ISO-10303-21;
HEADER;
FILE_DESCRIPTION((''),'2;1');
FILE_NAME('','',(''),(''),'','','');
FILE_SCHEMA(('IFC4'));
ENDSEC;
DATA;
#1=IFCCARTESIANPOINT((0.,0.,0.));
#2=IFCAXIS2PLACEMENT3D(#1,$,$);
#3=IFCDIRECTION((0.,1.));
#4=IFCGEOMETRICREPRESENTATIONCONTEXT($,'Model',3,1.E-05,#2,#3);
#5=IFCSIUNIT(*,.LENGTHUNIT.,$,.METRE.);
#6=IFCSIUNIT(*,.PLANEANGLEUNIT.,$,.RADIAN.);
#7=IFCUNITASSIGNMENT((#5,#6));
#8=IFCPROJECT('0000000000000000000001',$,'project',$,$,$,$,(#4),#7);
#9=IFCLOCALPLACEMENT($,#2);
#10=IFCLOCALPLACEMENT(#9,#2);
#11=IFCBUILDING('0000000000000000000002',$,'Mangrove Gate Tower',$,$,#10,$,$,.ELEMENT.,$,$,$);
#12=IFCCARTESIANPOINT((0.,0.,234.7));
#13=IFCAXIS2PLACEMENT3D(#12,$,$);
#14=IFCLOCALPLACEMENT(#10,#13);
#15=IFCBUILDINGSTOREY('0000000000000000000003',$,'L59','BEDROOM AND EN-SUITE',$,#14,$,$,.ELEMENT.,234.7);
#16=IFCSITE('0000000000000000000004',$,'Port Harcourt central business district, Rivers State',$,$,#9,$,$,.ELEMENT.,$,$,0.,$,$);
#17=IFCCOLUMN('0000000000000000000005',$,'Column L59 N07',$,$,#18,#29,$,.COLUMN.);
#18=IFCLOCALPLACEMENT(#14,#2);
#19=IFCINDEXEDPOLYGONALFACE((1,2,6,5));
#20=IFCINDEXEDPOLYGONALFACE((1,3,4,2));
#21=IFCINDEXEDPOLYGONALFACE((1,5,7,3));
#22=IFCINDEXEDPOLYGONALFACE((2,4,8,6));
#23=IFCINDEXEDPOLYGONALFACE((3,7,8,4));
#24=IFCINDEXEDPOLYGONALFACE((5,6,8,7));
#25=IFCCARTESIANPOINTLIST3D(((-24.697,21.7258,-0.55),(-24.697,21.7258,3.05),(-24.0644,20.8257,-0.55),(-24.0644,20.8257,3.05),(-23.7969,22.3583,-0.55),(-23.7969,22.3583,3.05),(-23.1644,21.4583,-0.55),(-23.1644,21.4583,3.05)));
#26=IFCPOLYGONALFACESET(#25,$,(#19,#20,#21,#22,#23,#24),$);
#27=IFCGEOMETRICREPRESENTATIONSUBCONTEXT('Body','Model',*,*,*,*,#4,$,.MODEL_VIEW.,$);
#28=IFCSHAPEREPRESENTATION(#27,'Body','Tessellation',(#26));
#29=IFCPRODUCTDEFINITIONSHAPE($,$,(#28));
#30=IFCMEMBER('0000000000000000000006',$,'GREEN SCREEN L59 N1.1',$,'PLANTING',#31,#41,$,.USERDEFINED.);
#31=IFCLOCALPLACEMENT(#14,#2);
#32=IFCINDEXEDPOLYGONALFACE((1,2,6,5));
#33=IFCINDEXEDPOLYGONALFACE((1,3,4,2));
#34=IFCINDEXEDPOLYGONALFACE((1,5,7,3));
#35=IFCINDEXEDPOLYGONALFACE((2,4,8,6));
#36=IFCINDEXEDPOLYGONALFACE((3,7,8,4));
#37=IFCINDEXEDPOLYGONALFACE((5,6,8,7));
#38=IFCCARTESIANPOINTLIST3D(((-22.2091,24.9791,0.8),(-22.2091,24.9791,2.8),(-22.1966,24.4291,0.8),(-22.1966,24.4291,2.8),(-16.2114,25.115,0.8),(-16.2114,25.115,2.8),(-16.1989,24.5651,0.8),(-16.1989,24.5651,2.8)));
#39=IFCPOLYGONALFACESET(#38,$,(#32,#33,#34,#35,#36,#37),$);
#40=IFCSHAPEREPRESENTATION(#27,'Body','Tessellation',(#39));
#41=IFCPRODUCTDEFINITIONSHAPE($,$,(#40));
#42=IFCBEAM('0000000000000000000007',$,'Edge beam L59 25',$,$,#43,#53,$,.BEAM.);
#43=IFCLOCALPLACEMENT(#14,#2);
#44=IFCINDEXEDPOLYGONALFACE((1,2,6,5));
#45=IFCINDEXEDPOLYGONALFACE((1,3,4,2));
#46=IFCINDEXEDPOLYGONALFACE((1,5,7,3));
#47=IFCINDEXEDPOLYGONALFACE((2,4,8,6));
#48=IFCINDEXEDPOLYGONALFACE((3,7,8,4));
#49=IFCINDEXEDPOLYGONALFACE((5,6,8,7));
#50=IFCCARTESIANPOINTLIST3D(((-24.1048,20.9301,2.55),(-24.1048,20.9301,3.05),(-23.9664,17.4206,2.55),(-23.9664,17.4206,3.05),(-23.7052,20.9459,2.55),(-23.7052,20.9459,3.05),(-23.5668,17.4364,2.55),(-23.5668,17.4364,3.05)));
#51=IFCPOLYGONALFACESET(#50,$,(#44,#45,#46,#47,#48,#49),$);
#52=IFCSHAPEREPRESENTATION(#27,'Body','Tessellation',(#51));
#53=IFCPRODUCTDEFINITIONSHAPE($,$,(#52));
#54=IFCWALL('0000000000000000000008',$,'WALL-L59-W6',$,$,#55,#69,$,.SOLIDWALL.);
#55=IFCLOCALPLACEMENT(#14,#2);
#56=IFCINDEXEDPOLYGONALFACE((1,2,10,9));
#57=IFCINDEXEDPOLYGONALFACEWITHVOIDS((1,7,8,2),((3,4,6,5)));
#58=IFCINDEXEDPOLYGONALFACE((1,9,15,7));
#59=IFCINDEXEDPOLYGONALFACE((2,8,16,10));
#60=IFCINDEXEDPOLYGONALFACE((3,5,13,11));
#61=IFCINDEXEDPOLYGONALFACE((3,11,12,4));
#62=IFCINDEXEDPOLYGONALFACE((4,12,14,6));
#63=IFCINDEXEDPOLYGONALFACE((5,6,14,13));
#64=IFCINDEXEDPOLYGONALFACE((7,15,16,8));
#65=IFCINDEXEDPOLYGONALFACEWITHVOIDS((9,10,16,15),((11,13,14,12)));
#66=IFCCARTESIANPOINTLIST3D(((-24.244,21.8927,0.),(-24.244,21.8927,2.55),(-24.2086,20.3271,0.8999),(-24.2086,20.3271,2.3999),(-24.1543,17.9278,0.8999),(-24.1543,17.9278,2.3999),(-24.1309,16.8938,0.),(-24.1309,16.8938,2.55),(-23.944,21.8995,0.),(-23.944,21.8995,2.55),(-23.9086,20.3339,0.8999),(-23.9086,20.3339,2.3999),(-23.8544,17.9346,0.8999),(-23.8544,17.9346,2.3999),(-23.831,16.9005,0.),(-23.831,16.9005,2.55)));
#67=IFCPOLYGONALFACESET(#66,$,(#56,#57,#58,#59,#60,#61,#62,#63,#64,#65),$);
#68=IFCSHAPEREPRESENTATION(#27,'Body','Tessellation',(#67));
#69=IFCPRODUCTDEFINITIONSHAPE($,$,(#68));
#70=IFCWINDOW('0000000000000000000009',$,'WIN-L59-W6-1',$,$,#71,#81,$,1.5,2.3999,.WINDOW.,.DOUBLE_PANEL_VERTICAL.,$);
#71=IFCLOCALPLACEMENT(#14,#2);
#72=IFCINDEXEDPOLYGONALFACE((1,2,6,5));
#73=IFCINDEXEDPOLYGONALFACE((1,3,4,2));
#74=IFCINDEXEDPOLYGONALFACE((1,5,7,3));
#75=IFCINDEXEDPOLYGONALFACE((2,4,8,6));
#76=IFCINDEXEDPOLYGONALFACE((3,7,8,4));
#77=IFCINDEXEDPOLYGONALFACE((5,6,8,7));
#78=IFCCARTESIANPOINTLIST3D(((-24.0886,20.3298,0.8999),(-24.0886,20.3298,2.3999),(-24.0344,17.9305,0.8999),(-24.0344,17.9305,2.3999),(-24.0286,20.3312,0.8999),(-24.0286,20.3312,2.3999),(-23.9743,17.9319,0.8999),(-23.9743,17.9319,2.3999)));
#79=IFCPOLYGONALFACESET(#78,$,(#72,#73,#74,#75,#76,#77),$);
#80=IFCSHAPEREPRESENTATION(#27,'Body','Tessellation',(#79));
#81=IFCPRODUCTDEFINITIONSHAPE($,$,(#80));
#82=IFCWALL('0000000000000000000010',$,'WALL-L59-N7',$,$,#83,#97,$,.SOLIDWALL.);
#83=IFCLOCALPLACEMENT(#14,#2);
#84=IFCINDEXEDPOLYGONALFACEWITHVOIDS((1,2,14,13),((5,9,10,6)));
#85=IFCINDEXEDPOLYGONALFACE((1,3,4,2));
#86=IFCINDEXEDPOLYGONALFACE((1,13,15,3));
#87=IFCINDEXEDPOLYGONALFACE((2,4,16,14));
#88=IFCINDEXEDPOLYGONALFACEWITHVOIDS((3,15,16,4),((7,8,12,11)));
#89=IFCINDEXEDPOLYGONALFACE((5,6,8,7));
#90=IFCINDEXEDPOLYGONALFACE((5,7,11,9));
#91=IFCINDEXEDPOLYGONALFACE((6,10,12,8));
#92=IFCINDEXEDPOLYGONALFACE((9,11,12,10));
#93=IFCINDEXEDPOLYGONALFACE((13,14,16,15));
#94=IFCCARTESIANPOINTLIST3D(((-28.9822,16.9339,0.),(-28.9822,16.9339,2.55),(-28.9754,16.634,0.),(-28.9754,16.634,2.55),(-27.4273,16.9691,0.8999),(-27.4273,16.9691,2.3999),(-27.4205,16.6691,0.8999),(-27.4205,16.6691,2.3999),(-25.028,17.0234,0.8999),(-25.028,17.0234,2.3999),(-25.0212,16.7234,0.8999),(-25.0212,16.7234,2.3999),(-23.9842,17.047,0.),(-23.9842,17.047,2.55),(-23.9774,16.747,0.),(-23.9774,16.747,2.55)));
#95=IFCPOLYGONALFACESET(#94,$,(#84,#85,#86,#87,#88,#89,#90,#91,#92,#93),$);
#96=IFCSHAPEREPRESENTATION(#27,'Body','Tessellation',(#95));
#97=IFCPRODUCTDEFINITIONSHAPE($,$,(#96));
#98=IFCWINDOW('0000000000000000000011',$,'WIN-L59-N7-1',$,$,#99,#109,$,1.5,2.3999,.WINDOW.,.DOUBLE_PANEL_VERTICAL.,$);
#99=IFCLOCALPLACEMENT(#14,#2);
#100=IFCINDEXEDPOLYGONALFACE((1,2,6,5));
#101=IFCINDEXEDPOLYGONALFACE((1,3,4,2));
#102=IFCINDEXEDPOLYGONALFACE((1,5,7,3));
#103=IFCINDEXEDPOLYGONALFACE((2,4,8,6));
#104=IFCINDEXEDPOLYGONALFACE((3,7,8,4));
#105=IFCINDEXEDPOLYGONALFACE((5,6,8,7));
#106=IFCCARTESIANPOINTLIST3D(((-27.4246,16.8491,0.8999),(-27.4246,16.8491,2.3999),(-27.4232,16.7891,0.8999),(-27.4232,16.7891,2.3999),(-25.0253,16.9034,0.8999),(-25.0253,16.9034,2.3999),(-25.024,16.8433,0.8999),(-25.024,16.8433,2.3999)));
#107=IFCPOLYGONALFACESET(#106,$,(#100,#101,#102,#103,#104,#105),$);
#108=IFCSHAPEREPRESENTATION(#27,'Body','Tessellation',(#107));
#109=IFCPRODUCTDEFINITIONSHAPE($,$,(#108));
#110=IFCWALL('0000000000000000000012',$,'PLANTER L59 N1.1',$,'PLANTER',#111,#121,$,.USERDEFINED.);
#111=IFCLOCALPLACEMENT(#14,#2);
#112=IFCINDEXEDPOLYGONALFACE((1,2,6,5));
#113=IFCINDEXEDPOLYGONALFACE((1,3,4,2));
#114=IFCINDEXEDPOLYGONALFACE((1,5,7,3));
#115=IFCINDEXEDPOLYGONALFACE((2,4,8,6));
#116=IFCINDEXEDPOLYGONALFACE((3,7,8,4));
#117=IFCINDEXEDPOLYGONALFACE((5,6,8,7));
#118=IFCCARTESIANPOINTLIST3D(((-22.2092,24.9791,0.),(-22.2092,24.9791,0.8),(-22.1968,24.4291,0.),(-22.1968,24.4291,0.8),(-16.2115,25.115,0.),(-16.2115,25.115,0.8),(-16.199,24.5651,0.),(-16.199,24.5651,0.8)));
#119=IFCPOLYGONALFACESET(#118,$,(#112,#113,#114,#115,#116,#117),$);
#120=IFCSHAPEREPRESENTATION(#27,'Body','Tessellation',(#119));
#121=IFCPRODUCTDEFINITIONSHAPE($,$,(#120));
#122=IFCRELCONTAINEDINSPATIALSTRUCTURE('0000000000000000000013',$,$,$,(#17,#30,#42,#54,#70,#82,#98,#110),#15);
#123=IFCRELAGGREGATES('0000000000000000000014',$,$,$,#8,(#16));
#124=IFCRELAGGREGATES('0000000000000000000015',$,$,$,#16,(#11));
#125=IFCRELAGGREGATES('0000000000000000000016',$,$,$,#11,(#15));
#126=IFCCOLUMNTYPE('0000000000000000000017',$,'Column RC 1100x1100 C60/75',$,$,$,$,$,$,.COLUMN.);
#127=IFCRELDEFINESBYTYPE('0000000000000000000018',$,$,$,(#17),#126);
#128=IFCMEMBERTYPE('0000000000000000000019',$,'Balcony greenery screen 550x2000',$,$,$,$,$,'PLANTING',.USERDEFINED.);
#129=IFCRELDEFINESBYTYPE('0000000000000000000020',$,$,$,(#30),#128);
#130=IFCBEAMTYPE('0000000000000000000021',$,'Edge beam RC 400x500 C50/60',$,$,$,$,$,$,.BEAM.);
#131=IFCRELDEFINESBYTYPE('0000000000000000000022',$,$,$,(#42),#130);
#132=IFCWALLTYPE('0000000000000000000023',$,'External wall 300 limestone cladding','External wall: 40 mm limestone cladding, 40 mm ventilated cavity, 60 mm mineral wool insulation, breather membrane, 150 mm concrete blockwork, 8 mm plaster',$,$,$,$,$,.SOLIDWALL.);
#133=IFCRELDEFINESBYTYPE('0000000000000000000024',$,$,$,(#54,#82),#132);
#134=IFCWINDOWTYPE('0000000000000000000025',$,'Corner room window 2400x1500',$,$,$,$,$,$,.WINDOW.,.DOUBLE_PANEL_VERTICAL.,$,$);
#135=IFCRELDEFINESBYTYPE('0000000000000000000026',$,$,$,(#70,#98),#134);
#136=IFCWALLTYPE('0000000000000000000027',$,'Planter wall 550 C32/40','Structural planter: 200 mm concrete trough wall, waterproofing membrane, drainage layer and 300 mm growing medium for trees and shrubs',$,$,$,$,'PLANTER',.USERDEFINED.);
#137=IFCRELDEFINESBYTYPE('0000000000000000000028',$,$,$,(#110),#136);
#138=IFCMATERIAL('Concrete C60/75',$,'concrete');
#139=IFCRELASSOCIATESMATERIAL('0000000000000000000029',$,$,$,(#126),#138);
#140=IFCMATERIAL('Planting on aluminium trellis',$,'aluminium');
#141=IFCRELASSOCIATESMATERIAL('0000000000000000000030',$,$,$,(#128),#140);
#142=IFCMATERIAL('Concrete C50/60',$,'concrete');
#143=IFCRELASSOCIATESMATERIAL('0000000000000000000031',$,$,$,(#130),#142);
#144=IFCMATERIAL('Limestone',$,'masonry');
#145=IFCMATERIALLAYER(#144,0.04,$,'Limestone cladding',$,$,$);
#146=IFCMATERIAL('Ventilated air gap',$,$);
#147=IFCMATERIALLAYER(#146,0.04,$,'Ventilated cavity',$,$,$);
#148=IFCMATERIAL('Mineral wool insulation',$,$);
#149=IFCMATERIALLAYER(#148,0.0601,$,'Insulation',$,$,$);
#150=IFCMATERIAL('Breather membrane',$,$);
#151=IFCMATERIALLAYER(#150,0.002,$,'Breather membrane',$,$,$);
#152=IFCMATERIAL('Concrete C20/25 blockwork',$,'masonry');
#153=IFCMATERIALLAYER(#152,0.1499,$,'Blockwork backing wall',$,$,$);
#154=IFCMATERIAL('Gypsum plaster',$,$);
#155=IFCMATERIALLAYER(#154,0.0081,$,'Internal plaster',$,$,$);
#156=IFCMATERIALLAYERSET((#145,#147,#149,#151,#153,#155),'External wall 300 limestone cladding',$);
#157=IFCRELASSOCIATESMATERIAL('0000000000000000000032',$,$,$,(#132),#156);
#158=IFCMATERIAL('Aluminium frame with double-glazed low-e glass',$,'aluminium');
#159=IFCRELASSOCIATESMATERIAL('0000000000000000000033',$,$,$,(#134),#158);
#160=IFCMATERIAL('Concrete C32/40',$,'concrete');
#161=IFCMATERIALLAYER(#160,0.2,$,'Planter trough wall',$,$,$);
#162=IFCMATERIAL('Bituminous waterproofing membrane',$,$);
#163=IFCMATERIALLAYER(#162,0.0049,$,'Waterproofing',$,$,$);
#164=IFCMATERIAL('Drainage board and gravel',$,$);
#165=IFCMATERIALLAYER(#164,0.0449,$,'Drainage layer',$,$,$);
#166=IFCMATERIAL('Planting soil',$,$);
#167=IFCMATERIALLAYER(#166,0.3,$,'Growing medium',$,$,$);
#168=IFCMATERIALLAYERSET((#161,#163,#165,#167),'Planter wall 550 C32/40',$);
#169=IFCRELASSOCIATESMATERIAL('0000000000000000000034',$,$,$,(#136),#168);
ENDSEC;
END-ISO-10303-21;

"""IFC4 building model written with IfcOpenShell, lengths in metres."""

from ifc_helpers import new_model, si_unit, direction, frame, frame_2d, origin, origin_2d, place, context, subcontext, project, spatial, rectangle, extrude, material, layer, layer_set, material_profile, profile_set, type_object, element, fill, save


model = new_model("IFC4")

# Units and contexts
model_context = context("Model", 3, precision=1e-05, world=origin(), true_north=direction((0.0, 1.0)))
body_context = subcontext(model_context, "Body", "Model", "MODEL_VIEW")
ifc_project = project(units=[si_unit("LENGTHUNIT", "METRE"), si_unit("PLANEANGLEUNIT", "RADIAN")], contexts=[model_context])

# Site, building, storey
site_placement = place(None, origin())
site = spatial("IfcSite", under=ifc_project, at=site_placement, Name="Port Harcourt central business district, Rivers State", CompositionType="ELEMENT", RefElevation=0.0)
building_placement = place(site_placement, origin())
building = spatial("IfcBuilding", under=site, at=building_placement, Name="Mangrove Gate Tower", CompositionType="ELEMENT")
storey_placement = place(building_placement, frame((0.0, 0.0, 234.7)))
storey = spatial("IfcBuildingStorey", under=building, at=storey_placement, Name="L59", Description="BEDROOM AND EN-SUITE", CompositionType="ELEMENT", Elevation=234.7)

# Column
ifc_material_1 = material(Name="Concrete C60/75", Category="concrete")
ifc_material_profile_1 = material_profile(ifc_material_1, rectangle(XDim=1.1001, YDim=1.1001, at=origin_2d()))
ifc_profile_set_1 = profile_set([ifc_material_profile_1], Name="Concrete C60/75")
column_type = type_object("IfcColumnType", Name="Column RC 1100x1100 C60/75", PredefinedType="COLUMN", material=ifc_profile_set_1)
column_placement = place(storey_placement, frame((-23.9307, 21.592, -0.55), z_axis=(0.0, 0.0, 1.0), x_axis=(-0.818138, -0.575022, 0.0)))
element("IfcColumn", 1, at=column_placement, inside=storey, type_object=column_type, Name="Column L59 N07", PredefinedType="COLUMN", context=body_context, shape_type="SweptSolid", body=[
    extrude(rectangle(XDim=1.1001, YDim=1.1001, at=origin_2d()), origin(), (0.0, 0.0, 1.0), 3.6001),
])

# Member
ifc_material_2 = material(Name="Planting on aluminium trellis", Category="aluminium")
ifc_material_profile_2 = material_profile(ifc_material_2, rectangle(XDim=0.55, YDim=2.0, at=origin_2d()))
ifc_profile_set_2 = profile_set([ifc_material_profile_2], Name="Planting on aluminium trellis")
member_type = type_object("IfcMemberType", Name="Balcony greenery screen 550x2000", ElementType="PLANTING", PredefinedType="USERDEFINED", material=ifc_profile_set_2)
member_placement = place(storey_placement, frame((-22.2029, 24.7041, 1.8), z_axis=(0.999743, 0.022667, 0.0), x_axis=(-0.022667, 0.999743, 0.0)))
element("IfcMember", 2, at=member_placement, inside=storey, type_object=member_type, Name="GREEN SCREEN L59 N1.1", ObjectType="PLANTING", PredefinedType="USERDEFINED", context=body_context, shape_type="SweptSolid", body=[
    extrude(rectangle(XDim=0.55, YDim=2.0, at=origin_2d()), origin(), (0.0, 0.0, 1.0), 5.9993),
])

# Beam
ifc_material_3 = material(Name="Concrete C50/60", Category="concrete")
ifc_material_profile_3 = material_profile(ifc_material_3, rectangle(XDim=0.3999, YDim=0.5, at=origin_2d()))
ifc_profile_set_3 = profile_set([ifc_material_profile_3], Name="Concrete C50/60")
beam_type = type_object("IfcBeamType", Name="Edge beam RC 400x500 C50/60", PredefinedType="BEAM", material=ifc_profile_set_3)
beam_placement = place(storey_placement, frame((-23.905, 20.938, 2.8), z_axis=(0.039413, -0.999223, 0.0), x_axis=(0.999223, 0.039413, 0.0)))
element("IfcBeam", 3, at=beam_placement, inside=storey, type_object=beam_type, Name="Edge beam L59 25", PredefinedType="BEAM", context=body_context, shape_type="SweptSolid", body=[
    extrude(rectangle(XDim=0.3999, YDim=0.5, at=origin_2d()), origin(), (0.0, 0.0, 1.0), 3.5122),
])

# Walls, openings, windows
ifc_material_4 = material(Name="Limestone", Category="masonry")
ifc_layer_1 = layer(ifc_material_4, 0.04, Name="Limestone cladding")
ifc_material_5 = material(Name="Ventilated air gap")
ifc_layer_2 = layer(ifc_material_5, 0.04, Name="Ventilated cavity")
ifc_material_6 = material(Name="Mineral wool insulation")
ifc_layer_3 = layer(ifc_material_6, 0.0601, Name="Insulation")
ifc_material_7 = material(Name="Breather membrane")
ifc_layer_4 = layer(ifc_material_7, 0.002, Name="Breather membrane")
ifc_material_8 = material(Name="Concrete C20/25 blockwork", Category="masonry")
ifc_layer_5 = layer(ifc_material_8, 0.1499, Name="Blockwork backing wall")
ifc_material_9 = material(Name="Gypsum plaster")
ifc_layer_6 = layer(ifc_material_9, 0.0081, Name="Internal plaster")
ifc_layer_set_1 = layer_set([ifc_layer_1, ifc_layer_2, ifc_layer_3, ifc_layer_4, ifc_layer_5, ifc_layer_6], Name="External wall 300 limestone cladding")
wall_type_1 = type_object("IfcWallType", Name="External wall 300 limestone cladding", Description="External wall: 40 mm limestone cladding, 40 mm ventilated cavity, 60 mm mineral wool insulation, breather membrane, 150 mm concrete blockwork, 8 mm plaster", PredefinedType="SOLIDWALL", material=ifc_layer_set_1)
wall_1_placement = place(storey_placement, frame((-24.094, 21.896, 0.0), z_axis=(0.0, 0.0, 1.0), x_axis=(0.022606, -0.999744, 0.0)))
wall_1 = element("IfcWall", 4, at=wall_1_placement, inside=storey, type_object=wall_type_1, Name="WALL-L59-W6", PredefinedType="SOLIDWALL", context=body_context, shape_type="SweptSolid", body=[
    extrude(rectangle(XDim=5.0002, YDim=0.3, at=frame_2d((2.5, 0.0))), origin(), (0.0, 0.0, 1.0), 2.55),
])
opening_1_placement = place(wall_1_placement, frame((1.5659, 0.0, 0.8999)))
opening_1 = element("IfcOpeningElement", 5, at=opening_1_placement, cuts=wall_1, PredefinedType="OPENING", context=body_context, shape_type="SweptSolid", body=[
    extrude(rectangle(XDim=2.3999, YDim=1.5, at=frame_2d((1.2, 0.75))), frame((0.0, 0.1599, 0.0), z_axis=(0.0, -1.0, 0.0), x_axis=(1.0, 0.0, 0.0)), (0.0, 0.0, 1.0), 0.3201),
])
ifc_material_10 = material(Name="Aluminium frame with double-glazed low-e glass", Category="aluminium")
window_type_1 = type_object("IfcWindowType", Name="Corner room window 2400x1500", PartitioningType="DOUBLE_PANEL_VERTICAL", PredefinedType="WINDOW", material=ifc_material_10)
window_1_placement = place(opening_1_placement, origin())
window_1 = element("IfcWindow", 6, at=window_1_placement, inside=storey, type_object=window_type_1, Name="WIN-L59-W6-1", OverallHeight=1.5, OverallWidth=2.3999, PartitioningType="DOUBLE_PANEL_VERTICAL", PredefinedType="WINDOW", context=body_context, shape_type="SweptSolid", body=[
    extrude(rectangle(XDim=2.3999, YDim=1.5, at=frame_2d((1.2, 0.75))), frame((0.0, 0.03, 0.0), z_axis=(0.0, -1.0, 0.0), x_axis=(1.0, 0.0, 0.0)), (0.0, 0.0, 1.0), 0.0601),
])
fill(opening_1, window_1)
wall_2_placement = place(storey_placement, frame((-23.981, 16.897, 0.0), z_axis=(0.0, 0.0, 1.0), x_axis=(-0.999744, -0.02261, 0.0)))
wall_2 = element("IfcWall", 7, at=wall_2_placement, inside=storey, type_object=wall_type_1, Name="WALL-L59-N7", PredefinedType="SOLIDWALL", context=body_context, shape_type="SweptSolid", body=[
    extrude(rectangle(XDim=4.9993, YDim=0.3, at=frame_2d((2.4995, 0.0))), origin(), (0.0, 0.0, 1.0), 2.55),
])
opening_2_placement = place(wall_2_placement, frame((1.0439, 0.0, 0.8999)))
opening_2 = element("IfcOpeningElement", 8, at=opening_2_placement, cuts=wall_2, PredefinedType="OPENING", context=body_context, shape_type="SweptSolid", body=[
    extrude(rectangle(XDim=2.3999, YDim=1.5, at=frame_2d((1.2, 0.75))), frame((0.0, 0.1599, 0.0), z_axis=(0.0, -1.0, 0.0), x_axis=(1.0, 0.0, 0.0)), (0.0, 0.0, 1.0), 0.3201),
])
window_2_placement = place(opening_2_placement, origin())
window_2 = element("IfcWindow", 9, at=window_2_placement, inside=storey, type_object=window_type_1, Name="WIN-L59-N7-1", OverallHeight=1.5, OverallWidth=2.3999, PartitioningType="DOUBLE_PANEL_VERTICAL", PredefinedType="WINDOW", context=body_context, shape_type="SweptSolid", body=[
    extrude(rectangle(XDim=2.3999, YDim=1.5, at=frame_2d((1.2, 0.75))), frame((0.0, 0.03, 0.0), z_axis=(0.0, -1.0, 0.0), x_axis=(1.0, 0.0, 0.0)), (0.0, 0.0, 1.0), 0.0601),
])
fill(opening_2, window_2)

# Wall
ifc_material_11 = material(Name="Concrete C32/40", Category="concrete")
ifc_layer_7 = layer(ifc_material_11, 0.2, Name="Planter trough wall")
ifc_material_12 = material(Name="Bituminous waterproofing membrane")
ifc_layer_8 = layer(ifc_material_12, 0.0049, Name="Waterproofing")
ifc_material_13 = material(Name="Drainage board and gravel")
ifc_layer_9 = layer(ifc_material_13, 0.0449, Name="Drainage layer")
ifc_material_14 = material(Name="Planting soil")
ifc_layer_10 = layer(ifc_material_14, 0.3, Name="Growing medium")
ifc_layer_set_2 = layer_set([ifc_layer_7, ifc_layer_8, ifc_layer_9, ifc_layer_10], Name="Planter wall 550 C32/40")
wall_type_2 = type_object("IfcWallType", Name="Planter wall 550 C32/40", Description="Structural planter: 200 mm concrete trough wall, waterproofing membrane, drainage layer and 300 mm growing medium for trees and shrubs", ElementType="PLANTER", PredefinedType="USERDEFINED", material=ifc_layer_set_2)
wall_3_placement = place(storey_placement, frame((-22.2029, 24.7041, 0.0), z_axis=(0.0, 0.0, 1.0), x_axis=(0.999743, 0.022667, 0.0)))
element("IfcWall", 10, at=wall_3_placement, inside=storey, type_object=wall_type_2, Name="PLANTER L59 N1.1", ObjectType="PLANTER", PredefinedType="USERDEFINED", context=body_context, shape_type="SweptSolid", body=[
    extrude(rectangle(XDim=5.9993, YDim=0.55, at=frame_2d((2.9995, 0.0))), origin(), (0.0, 0.0, 1.0), 0.8),
])

save(model, "model.ifc")
